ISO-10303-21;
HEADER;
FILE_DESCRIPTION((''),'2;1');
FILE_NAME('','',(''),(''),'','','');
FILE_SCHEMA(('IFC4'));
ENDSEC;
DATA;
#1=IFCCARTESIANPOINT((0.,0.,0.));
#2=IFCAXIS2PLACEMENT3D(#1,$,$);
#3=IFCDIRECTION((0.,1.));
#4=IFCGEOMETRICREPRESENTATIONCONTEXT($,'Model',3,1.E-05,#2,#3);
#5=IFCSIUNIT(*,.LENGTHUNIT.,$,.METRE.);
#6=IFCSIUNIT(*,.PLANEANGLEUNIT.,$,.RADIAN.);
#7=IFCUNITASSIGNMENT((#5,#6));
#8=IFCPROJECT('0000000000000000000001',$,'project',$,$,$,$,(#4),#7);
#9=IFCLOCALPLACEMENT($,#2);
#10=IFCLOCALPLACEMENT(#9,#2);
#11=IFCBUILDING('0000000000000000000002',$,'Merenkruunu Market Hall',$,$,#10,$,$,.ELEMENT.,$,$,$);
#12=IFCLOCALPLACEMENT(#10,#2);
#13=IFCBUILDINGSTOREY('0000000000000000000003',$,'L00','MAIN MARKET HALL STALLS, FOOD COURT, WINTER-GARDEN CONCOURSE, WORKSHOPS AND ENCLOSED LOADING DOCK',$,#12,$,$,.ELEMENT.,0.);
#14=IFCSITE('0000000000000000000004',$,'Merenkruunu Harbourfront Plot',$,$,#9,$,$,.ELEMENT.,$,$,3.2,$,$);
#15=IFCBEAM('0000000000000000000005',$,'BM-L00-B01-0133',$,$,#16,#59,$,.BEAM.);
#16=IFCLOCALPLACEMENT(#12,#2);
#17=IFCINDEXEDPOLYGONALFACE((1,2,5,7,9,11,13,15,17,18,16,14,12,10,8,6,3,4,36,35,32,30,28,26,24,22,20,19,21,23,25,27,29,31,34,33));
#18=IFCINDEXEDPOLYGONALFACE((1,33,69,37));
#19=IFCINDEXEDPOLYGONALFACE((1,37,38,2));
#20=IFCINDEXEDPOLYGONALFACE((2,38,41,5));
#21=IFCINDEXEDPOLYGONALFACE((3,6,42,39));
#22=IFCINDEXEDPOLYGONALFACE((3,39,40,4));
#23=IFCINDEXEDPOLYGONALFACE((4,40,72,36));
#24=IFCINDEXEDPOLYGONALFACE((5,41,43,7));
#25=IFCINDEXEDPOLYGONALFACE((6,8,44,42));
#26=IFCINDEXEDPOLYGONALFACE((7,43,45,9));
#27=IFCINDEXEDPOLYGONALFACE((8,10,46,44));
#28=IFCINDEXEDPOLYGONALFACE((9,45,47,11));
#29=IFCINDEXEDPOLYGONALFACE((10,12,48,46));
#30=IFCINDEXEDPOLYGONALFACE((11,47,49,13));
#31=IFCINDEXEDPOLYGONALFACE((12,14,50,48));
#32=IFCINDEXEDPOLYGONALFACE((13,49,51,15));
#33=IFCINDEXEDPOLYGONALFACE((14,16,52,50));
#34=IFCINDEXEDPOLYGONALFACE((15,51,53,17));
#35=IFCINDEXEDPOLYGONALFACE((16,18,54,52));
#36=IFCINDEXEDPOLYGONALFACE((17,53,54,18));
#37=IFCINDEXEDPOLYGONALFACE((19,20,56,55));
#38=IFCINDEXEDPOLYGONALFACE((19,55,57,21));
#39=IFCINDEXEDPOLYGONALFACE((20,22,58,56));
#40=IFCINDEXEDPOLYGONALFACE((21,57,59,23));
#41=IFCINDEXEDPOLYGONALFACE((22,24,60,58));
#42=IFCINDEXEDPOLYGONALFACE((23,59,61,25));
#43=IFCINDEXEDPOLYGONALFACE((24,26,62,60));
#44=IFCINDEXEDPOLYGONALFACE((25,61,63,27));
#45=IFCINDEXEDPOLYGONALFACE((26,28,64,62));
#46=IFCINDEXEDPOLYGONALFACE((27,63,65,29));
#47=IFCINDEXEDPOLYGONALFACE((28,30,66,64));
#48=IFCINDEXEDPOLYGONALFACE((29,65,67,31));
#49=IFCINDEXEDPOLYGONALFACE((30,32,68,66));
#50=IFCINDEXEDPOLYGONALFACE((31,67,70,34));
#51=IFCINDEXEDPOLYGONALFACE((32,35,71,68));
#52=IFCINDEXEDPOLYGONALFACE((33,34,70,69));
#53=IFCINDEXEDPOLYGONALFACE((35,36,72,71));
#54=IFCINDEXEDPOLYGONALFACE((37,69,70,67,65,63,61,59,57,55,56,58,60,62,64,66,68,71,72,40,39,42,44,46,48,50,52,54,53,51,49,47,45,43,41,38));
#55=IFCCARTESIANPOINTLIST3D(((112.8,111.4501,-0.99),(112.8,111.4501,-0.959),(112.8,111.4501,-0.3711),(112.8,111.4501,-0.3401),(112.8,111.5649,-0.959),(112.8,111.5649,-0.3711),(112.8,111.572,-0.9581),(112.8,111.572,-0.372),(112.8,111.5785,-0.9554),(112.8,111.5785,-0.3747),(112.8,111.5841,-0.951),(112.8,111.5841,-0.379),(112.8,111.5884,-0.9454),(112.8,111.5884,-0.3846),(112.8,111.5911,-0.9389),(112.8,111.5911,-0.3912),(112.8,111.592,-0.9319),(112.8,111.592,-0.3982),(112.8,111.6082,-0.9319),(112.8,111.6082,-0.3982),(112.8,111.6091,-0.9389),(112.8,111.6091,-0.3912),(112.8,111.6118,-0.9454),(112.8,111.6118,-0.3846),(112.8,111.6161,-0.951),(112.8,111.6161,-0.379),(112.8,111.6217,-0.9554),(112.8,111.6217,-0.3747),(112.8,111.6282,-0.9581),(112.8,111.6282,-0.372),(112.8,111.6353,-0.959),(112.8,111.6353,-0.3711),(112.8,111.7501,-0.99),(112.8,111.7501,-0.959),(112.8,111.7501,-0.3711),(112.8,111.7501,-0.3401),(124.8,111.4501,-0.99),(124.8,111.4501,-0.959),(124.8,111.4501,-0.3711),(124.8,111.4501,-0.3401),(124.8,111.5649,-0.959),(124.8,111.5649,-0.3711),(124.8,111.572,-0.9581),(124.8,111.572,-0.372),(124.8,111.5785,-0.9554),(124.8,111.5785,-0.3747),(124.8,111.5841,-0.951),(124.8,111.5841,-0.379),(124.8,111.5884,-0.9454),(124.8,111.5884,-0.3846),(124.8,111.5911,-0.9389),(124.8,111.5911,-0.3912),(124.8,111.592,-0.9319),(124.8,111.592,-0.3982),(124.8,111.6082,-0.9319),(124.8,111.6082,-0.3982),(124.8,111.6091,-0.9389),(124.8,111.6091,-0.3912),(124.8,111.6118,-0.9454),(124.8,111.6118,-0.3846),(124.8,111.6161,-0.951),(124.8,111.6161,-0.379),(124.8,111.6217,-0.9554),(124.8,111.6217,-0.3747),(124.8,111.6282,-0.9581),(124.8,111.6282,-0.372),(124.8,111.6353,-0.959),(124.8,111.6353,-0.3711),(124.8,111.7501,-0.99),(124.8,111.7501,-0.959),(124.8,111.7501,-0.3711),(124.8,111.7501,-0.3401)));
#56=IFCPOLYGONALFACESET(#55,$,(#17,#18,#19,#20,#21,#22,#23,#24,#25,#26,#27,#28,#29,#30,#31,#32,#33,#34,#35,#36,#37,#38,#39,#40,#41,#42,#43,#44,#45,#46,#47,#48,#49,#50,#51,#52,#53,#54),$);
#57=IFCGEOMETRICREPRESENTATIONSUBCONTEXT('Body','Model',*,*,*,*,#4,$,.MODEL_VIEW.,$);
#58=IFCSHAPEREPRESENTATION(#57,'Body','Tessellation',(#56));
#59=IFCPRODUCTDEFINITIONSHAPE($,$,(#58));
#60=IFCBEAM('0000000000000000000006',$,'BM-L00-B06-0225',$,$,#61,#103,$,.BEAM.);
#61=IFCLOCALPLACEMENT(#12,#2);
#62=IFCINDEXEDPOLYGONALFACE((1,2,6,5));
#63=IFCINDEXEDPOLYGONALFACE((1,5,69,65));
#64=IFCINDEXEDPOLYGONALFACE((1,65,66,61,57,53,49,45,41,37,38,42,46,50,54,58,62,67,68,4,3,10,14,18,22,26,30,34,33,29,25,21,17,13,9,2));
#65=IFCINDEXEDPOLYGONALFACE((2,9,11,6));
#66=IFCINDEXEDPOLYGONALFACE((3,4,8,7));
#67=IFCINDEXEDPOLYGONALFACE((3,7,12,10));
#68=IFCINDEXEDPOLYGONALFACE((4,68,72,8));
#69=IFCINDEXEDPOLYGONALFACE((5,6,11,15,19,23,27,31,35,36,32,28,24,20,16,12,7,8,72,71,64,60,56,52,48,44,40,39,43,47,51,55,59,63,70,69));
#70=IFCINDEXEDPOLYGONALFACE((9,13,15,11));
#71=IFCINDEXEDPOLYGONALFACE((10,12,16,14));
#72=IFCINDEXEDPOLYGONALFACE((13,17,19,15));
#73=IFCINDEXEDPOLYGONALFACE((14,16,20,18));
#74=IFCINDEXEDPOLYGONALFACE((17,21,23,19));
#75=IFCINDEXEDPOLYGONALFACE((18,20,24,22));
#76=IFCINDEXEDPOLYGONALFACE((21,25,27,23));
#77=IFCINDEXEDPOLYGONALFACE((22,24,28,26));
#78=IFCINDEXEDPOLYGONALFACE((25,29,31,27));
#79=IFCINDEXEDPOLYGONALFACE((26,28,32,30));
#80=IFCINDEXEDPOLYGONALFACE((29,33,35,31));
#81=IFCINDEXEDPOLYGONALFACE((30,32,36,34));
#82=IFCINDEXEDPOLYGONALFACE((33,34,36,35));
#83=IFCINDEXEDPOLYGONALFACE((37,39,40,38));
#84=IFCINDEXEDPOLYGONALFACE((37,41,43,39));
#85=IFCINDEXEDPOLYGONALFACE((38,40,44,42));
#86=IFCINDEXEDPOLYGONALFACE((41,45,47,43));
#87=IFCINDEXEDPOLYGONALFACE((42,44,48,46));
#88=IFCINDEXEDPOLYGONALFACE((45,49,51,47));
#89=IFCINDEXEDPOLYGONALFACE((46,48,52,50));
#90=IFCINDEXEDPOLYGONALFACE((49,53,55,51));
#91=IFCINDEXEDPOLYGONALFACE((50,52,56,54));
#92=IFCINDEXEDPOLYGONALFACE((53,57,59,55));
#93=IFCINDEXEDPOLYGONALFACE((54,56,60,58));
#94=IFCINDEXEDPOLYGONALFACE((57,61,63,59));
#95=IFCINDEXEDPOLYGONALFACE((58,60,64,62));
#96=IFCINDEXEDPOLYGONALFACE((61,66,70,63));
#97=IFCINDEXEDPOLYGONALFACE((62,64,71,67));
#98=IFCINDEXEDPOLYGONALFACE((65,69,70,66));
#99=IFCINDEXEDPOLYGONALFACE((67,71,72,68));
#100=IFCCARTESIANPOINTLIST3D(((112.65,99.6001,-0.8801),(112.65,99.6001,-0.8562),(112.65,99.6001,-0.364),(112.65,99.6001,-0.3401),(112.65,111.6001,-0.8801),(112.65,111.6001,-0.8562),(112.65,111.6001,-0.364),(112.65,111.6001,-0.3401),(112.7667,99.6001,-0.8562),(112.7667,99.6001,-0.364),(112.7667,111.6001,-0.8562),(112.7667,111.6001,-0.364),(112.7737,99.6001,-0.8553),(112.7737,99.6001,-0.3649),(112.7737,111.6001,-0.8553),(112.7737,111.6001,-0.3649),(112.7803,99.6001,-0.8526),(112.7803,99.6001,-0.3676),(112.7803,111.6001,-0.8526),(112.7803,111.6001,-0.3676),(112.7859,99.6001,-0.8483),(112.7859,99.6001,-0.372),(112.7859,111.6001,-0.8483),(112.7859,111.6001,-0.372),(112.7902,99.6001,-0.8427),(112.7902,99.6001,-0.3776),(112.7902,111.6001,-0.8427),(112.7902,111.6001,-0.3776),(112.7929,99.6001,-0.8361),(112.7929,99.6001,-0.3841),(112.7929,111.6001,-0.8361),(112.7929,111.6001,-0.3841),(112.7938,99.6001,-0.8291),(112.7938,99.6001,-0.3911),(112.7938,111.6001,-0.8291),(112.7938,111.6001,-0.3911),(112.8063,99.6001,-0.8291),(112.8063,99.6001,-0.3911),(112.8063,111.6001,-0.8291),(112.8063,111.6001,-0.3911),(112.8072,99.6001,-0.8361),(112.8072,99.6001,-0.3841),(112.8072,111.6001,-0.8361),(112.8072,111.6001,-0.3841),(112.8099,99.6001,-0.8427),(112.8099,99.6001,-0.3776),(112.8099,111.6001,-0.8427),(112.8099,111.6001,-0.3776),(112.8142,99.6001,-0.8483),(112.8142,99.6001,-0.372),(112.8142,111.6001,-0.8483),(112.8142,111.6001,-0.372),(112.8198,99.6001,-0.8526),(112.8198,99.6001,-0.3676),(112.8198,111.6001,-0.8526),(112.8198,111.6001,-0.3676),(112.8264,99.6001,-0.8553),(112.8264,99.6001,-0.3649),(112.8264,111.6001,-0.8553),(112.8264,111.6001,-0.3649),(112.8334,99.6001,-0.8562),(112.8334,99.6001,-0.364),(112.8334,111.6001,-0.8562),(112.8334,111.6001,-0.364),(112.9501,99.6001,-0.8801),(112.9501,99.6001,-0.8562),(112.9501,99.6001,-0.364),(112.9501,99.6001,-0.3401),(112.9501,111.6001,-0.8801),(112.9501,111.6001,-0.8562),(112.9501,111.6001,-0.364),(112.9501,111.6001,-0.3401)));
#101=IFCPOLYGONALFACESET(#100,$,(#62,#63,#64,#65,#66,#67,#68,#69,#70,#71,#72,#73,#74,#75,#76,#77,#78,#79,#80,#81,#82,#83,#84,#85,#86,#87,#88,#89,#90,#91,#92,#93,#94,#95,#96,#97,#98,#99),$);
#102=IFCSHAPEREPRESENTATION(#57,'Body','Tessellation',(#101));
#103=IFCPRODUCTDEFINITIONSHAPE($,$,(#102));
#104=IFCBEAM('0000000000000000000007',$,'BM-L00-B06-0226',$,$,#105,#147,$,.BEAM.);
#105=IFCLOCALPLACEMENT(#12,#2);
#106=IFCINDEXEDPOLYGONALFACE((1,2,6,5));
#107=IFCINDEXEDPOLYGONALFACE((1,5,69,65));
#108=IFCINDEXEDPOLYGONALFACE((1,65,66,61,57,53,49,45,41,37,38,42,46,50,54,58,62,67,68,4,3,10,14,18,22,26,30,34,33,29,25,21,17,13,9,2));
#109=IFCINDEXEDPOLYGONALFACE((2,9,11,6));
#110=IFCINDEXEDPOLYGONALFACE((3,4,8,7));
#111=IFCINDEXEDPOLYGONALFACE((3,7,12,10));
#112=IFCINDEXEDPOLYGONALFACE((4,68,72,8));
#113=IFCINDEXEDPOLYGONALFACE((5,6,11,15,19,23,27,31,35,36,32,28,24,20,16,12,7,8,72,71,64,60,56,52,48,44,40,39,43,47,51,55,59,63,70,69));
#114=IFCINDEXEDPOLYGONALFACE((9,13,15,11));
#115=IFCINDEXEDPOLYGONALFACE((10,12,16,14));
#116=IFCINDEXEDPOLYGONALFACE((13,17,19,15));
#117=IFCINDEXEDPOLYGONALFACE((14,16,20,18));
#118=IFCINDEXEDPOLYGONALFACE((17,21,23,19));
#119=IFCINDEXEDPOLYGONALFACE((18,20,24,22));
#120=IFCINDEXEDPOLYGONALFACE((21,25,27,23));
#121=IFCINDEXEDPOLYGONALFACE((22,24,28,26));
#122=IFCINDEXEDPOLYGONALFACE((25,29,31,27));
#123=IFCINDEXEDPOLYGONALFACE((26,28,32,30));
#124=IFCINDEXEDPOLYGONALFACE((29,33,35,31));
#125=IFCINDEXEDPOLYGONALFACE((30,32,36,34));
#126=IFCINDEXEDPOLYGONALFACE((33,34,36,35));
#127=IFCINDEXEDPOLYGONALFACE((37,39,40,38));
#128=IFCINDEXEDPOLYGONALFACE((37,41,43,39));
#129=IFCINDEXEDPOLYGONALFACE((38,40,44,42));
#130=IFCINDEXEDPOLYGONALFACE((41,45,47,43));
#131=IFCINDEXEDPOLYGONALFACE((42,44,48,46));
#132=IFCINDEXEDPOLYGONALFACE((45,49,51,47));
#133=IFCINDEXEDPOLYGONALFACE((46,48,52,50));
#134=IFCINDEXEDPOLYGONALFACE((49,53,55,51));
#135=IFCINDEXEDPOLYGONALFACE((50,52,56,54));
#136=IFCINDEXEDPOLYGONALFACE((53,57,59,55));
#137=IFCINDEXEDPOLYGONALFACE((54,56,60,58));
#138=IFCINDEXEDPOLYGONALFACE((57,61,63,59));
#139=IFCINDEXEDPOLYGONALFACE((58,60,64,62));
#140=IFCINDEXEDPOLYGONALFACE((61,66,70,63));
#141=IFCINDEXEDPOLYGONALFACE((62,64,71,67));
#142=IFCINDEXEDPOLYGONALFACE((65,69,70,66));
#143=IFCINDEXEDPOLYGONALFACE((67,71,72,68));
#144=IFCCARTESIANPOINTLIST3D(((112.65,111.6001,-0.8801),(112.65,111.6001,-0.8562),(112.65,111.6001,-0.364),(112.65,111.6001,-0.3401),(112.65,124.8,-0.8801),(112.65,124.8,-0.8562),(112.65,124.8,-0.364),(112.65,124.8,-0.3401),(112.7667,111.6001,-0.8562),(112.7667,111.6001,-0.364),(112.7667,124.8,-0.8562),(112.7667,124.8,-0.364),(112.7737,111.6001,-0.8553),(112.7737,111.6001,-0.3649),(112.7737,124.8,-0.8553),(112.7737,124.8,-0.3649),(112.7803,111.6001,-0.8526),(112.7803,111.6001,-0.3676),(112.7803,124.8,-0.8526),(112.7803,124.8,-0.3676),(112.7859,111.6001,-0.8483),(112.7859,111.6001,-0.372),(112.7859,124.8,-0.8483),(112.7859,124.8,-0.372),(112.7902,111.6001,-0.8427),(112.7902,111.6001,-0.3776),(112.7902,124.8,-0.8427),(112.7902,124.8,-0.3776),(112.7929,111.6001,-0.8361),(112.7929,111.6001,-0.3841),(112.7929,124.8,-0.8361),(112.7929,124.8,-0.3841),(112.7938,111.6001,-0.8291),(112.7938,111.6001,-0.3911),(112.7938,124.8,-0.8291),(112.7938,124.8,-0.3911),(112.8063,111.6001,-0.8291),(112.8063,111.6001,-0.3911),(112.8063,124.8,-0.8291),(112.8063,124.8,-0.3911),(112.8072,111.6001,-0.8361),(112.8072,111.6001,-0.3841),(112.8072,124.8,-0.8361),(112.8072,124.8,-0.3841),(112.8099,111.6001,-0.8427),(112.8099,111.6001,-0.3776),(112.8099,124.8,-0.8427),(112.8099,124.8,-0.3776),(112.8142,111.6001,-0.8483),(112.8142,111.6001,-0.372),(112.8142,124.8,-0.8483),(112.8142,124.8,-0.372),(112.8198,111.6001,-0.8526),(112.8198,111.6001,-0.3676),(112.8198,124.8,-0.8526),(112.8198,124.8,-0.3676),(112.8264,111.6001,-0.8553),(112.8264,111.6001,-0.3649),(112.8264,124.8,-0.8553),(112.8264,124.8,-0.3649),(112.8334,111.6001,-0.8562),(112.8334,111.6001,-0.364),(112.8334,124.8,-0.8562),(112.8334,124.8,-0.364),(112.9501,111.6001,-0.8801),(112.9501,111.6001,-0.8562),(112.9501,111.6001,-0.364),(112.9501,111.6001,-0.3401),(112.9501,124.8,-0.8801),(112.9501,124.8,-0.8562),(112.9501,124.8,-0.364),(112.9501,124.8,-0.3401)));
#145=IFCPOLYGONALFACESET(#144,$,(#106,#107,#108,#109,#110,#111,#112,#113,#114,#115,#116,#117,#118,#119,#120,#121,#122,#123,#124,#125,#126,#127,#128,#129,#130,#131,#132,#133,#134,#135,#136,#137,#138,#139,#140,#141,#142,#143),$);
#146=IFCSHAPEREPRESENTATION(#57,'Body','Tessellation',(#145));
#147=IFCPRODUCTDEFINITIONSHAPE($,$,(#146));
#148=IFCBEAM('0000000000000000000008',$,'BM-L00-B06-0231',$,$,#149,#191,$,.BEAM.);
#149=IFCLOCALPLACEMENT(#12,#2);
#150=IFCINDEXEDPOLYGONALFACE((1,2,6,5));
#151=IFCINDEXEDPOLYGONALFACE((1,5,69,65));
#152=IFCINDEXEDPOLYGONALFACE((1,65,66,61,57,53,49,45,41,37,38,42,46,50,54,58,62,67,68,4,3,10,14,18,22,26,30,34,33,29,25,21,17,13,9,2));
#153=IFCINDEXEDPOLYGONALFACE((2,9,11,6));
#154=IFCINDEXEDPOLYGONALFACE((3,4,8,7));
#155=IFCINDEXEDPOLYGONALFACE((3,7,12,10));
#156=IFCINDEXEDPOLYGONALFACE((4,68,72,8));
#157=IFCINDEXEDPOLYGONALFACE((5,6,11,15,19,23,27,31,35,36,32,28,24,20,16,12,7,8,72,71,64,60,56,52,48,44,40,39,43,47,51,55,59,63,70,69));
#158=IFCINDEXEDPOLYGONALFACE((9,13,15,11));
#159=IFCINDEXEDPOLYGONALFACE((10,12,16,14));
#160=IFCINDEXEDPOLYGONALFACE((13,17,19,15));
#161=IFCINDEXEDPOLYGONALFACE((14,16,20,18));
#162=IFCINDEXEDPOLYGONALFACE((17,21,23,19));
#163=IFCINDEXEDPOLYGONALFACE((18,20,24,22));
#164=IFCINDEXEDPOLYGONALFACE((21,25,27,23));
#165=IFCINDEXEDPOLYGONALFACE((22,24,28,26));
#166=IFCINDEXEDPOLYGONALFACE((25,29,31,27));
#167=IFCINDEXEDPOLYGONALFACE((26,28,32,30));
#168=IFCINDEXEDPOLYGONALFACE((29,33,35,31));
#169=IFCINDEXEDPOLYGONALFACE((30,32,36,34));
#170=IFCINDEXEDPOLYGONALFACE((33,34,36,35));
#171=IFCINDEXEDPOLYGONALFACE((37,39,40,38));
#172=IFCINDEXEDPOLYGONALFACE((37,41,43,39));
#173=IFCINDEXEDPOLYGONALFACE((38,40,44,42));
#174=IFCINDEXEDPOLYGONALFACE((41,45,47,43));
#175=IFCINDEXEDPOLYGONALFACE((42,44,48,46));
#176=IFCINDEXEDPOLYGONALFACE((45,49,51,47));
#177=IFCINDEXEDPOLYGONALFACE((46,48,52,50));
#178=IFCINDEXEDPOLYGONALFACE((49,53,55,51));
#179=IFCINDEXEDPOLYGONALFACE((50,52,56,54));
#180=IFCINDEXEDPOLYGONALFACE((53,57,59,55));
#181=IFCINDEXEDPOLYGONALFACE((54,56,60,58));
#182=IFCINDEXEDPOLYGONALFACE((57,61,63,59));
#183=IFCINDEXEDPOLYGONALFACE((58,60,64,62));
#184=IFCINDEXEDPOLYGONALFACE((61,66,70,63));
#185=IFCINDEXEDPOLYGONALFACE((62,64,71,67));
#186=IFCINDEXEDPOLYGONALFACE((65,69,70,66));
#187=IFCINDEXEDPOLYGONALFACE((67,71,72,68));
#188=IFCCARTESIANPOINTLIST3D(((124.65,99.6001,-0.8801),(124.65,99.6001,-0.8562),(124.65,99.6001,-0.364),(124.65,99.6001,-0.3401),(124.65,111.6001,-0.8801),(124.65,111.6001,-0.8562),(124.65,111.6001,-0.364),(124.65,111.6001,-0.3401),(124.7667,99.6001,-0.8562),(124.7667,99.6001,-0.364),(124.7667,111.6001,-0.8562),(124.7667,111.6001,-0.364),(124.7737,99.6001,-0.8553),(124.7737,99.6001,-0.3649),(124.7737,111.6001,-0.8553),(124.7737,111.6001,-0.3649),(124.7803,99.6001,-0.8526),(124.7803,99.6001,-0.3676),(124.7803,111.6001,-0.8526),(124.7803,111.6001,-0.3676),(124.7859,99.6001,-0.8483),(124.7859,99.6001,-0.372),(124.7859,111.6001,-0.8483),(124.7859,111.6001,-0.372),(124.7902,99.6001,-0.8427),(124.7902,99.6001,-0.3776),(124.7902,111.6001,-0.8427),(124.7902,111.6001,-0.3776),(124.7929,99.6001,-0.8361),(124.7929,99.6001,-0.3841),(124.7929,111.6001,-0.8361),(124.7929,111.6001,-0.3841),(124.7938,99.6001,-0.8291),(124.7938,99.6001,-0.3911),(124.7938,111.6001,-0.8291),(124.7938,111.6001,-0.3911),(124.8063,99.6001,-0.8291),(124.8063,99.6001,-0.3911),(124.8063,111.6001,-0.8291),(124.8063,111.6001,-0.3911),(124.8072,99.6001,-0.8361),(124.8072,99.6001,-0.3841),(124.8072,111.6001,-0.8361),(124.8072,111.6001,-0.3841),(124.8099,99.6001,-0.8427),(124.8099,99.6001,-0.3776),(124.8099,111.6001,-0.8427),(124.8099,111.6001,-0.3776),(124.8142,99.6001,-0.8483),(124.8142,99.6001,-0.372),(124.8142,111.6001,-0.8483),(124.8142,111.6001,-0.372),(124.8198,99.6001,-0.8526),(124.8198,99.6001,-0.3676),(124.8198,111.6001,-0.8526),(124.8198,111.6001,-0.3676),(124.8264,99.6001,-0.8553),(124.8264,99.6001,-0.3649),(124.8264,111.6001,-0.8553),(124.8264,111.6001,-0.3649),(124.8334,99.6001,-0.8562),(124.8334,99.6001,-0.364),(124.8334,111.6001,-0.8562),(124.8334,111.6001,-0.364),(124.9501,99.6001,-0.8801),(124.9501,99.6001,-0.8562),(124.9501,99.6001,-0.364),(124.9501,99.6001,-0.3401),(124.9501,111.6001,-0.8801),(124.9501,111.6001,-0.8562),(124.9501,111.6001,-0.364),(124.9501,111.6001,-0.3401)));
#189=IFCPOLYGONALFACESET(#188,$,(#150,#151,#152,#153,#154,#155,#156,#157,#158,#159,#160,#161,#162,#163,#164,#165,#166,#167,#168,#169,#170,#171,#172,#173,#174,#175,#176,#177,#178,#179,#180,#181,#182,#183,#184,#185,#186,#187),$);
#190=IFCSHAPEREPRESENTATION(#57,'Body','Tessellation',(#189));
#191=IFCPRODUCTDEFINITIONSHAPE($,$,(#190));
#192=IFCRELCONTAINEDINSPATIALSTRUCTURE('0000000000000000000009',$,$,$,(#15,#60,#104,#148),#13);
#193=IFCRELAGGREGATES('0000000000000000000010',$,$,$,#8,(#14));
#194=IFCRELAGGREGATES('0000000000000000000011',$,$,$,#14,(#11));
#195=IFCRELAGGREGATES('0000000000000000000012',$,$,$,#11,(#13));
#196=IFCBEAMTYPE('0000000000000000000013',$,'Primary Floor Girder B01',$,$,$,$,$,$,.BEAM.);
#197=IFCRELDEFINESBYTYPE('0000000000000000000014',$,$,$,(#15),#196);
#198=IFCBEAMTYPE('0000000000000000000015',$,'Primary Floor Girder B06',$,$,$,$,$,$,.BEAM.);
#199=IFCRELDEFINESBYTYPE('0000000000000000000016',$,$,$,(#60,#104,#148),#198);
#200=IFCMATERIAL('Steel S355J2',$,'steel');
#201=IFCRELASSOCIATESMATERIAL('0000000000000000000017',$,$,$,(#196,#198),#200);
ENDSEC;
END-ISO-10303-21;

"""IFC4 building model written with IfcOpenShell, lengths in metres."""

from ifc_helpers import new_model, si_unit, direction, frame, origin, origin_2d, place, context, subcontext, project, spatial, i_section, extrude, material, material_profile, profile_set, type_object, element, save


model = new_model("IFC4")

# Units and contexts
model_context = context("Model", 3, precision=1e-05, world=origin(), true_north=direction((0.0, 1.0)))
body_context = subcontext(model_context, "Body", "Model", "MODEL_VIEW")
ifc_project = project(units=[si_unit("LENGTHUNIT", "METRE"), si_unit("PLANEANGLEUNIT", "RADIAN")], contexts=[model_context])

# Site, building, storey
site_placement = place(None, origin())
site = spatial("IfcSite", under=ifc_project, at=site_placement, Name="Merenkruunu Harbourfront Plot", CompositionType="ELEMENT", RefElevation=3.2)
building_placement = place(site_placement, origin())
building = spatial("IfcBuilding", under=site, at=building_placement, Name="Merenkruunu Market Hall", CompositionType="ELEMENT")
storey_placement = place(building_placement, origin())
storey = spatial("IfcBuildingStorey", under=building, at=storey_placement, Name="L00", Description="MAIN MARKET HALL STALLS, FOOD COURT, WINTER-GARDEN CONCOURSE, WORKSHOPS AND ENCLOSED LOADING DOCK", CompositionType="ELEMENT", Elevation=0.0)

# Shared definitions
ifc_material_1 = material(Name="Steel S355J2", Category="steel")

# Beams
ifc_material_profile_1 = material_profile(ifc_material_1, i_section(OverallWidth=0.3, OverallDepth=0.6499, WebThickness=0.0161, FlangeThickness=0.031, FilletRadius=0.0271, at=origin_2d()), Name="HEB 650")
ifc_profile_set_1 = profile_set([ifc_material_profile_1], Name="Steel S355J2")
beam_type_1 = type_object("IfcBeamType", Name="Primary Floor Girder B01", PredefinedType="BEAM", material=ifc_profile_set_1)
beam_1_placement = place(storey_placement, frame((112.8, 111.6001, -0.665), z_axis=(1.0, 0.0, 0.0), x_axis=(0.0, 1.0, 0.0)))
element("IfcBeam", 1, at=beam_1_placement, inside=storey, type_object=beam_type_1, Name="BM-L00-B01-0133", PredefinedType="BEAM", context=body_context, shape_type="SweptSolid", body=[
    extrude(i_section(OverallWidth=0.3, OverallDepth=0.6499, WebThickness=0.0161, FlangeThickness=0.031, FilletRadius=0.0271, at=origin_2d()), origin(), (0.0, 0.0, 1.0), 12.0),
])
ifc_material_profile_2 = material_profile(ifc_material_1, i_section(OverallWidth=0.3, OverallDepth=0.54, WebThickness=0.0125, FlangeThickness=0.0239, FilletRadius=0.0271, at=origin_2d()), Name="HEA 550")
ifc_profile_set_2 = profile_set([ifc_material_profile_2], Name="Steel S355J2")
beam_type_2 = type_object("IfcBeamType", Name="Primary Floor Girder B06", PredefinedType="BEAM", material=ifc_profile_set_2)
beam_2_placement = place(storey_placement, frame((112.8, 99.6001, -0.6101), z_axis=(0.0, 1.0, 0.0), x_axis=(-1.0, 0.0, 0.0)))
element("IfcBeam", 2, at=beam_2_placement, inside=storey, type_object=beam_type_2, Name="BM-L00-B06-0225", PredefinedType="BEAM", context=body_context, shape_type="SweptSolid", body=[
    extrude(i_section(OverallWidth=0.3, OverallDepth=0.54, WebThickness=0.0125, FlangeThickness=0.0239, FilletRadius=0.0271, at=origin_2d()), origin(), (0.0, 0.0, 1.0), 12.0),
])
beam_3_placement = place(storey_placement, frame((112.8, 111.6001, -0.6101), z_axis=(0.0, 1.0, 0.0), x_axis=(-1.0, 0.0, 0.0)))
element("IfcBeam", 3, at=beam_3_placement, inside=storey, type_object=beam_type_2, Name="BM-L00-B06-0226", PredefinedType="BEAM", context=body_context, shape_type="SweptSolid", body=[
    extrude(i_section(OverallWidth=0.3, OverallDepth=0.54, WebThickness=0.0125, FlangeThickness=0.0239, FilletRadius=0.0271, at=origin_2d()), origin(), (0.0, 0.0, 1.0), 13.2),
])
for number, where, z_axis, x_axis, name in (
    (4, (124.8, 99.6001, -0.6101), (0.0, 1.0, 0.0), (-1.0, 0.0, 0.0), "BM-L00-B06-0231"),
):
    element("IfcBeam", number, at=place(storey_placement, frame(where, z_axis=z_axis, x_axis=x_axis)), inside=storey, type_object=beam_type_2, Name=name, PredefinedType="BEAM", context=body_context, shape_type="SweptSolid", body=[
        extrude(i_section(OverallWidth=0.3, OverallDepth=0.54, WebThickness=0.0125, FlangeThickness=0.0239, FilletRadius=0.0271, at=origin_2d()), origin(), (0.0, 0.0, 1.0), 12.0),
    ])

save(model, "model.ifc")
